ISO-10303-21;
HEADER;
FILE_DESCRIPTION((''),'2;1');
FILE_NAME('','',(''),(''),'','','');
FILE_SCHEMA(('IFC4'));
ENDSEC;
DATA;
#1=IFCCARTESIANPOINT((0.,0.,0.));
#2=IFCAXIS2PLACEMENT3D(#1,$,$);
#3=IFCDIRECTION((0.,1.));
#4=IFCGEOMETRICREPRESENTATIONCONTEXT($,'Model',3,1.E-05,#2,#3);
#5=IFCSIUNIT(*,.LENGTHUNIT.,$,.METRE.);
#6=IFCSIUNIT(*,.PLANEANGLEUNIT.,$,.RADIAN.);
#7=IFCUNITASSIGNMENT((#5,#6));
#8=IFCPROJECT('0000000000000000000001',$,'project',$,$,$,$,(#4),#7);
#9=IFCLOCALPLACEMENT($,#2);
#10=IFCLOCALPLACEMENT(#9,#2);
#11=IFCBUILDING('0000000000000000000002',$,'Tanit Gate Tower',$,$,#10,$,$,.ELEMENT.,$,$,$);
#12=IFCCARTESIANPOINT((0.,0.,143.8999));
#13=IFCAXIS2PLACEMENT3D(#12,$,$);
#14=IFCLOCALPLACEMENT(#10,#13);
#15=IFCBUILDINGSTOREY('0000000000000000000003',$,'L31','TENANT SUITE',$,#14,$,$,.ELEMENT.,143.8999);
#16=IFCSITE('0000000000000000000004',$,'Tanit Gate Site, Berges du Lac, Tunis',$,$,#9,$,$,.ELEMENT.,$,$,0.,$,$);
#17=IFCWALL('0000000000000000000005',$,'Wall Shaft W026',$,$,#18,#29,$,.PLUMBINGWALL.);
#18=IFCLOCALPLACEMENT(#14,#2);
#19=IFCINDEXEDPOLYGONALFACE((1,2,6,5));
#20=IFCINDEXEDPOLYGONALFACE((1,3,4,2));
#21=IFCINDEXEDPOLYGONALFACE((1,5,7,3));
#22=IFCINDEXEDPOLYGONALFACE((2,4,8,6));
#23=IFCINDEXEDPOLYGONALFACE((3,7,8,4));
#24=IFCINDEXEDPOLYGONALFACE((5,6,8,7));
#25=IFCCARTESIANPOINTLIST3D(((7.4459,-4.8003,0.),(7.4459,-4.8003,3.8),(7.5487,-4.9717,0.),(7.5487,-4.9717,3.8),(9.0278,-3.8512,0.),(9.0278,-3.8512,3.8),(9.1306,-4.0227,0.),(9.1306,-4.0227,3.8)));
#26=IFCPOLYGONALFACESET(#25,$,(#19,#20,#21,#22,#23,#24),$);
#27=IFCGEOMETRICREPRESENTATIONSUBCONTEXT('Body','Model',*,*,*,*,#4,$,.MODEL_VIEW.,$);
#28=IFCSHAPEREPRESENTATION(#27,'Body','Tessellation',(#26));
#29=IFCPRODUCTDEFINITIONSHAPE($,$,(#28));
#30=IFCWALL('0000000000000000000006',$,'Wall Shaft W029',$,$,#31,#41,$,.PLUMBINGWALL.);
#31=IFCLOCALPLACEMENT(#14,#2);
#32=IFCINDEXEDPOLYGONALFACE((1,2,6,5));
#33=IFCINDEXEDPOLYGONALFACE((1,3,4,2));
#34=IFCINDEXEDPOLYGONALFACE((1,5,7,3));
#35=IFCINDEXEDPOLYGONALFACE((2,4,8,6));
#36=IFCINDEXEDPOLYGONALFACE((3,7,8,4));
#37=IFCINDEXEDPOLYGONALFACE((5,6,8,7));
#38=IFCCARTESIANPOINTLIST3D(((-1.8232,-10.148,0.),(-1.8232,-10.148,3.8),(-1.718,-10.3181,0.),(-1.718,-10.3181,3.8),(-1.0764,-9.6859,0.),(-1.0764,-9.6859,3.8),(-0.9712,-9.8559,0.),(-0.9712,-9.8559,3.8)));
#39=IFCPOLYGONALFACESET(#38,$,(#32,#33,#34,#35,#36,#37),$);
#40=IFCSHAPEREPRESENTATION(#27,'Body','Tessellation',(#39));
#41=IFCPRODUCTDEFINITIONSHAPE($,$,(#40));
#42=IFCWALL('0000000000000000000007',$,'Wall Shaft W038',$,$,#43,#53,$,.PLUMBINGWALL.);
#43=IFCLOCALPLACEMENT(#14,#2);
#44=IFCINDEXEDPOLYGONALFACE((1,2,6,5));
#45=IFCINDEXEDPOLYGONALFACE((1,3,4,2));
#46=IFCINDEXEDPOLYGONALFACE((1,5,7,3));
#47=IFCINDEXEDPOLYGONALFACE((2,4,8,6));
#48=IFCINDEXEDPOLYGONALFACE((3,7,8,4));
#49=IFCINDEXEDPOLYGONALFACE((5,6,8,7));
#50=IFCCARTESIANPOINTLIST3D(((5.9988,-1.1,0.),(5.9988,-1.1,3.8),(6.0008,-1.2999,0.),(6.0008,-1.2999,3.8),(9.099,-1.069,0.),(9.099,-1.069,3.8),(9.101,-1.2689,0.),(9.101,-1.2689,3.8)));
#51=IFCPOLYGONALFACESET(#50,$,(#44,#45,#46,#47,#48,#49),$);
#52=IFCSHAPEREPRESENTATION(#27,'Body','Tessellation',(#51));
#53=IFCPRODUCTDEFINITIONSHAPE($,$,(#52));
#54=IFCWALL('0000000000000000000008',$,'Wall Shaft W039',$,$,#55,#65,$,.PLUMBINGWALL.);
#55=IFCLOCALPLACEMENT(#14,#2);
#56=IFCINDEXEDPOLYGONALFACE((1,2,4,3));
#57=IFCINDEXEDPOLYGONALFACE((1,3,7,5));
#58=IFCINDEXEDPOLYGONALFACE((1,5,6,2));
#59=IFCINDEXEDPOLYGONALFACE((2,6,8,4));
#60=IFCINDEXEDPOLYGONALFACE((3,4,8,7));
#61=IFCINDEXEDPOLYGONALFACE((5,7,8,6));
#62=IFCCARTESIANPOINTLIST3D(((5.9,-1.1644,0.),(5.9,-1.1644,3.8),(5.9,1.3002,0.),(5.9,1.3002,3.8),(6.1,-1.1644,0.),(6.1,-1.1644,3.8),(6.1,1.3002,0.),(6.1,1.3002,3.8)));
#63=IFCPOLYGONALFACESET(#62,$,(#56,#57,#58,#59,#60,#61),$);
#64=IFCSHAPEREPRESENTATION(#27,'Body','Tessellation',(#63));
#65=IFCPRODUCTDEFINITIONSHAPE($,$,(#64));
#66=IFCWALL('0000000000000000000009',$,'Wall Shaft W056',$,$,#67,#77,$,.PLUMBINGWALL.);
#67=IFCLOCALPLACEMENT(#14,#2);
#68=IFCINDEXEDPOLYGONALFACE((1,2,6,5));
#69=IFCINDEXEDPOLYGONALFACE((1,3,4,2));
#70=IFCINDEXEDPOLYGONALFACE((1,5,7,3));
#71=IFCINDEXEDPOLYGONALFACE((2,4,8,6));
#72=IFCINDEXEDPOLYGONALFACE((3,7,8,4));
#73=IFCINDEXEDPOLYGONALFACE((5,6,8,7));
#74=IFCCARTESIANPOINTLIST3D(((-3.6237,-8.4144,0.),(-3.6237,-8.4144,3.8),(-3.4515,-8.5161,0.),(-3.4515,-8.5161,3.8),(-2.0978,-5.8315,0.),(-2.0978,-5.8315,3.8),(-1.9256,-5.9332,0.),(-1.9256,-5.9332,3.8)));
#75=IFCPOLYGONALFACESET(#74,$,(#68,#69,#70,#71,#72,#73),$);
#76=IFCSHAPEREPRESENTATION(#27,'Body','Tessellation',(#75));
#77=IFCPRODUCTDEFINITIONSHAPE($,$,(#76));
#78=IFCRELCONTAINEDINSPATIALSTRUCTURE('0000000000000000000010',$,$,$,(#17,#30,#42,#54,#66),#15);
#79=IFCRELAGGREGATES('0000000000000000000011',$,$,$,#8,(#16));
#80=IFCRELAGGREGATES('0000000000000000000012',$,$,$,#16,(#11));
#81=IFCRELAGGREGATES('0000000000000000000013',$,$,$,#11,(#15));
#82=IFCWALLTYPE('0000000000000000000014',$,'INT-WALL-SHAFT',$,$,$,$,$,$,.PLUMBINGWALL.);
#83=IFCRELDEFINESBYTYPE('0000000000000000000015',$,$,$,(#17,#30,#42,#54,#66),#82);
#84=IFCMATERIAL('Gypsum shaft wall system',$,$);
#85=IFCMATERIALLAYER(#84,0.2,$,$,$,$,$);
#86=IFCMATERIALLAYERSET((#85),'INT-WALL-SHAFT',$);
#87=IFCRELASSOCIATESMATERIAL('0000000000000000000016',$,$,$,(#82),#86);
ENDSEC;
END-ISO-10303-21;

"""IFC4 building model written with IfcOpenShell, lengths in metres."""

from ifc_helpers import new_model, si_unit, direction, frame, frame_2d, origin, place, context, subcontext, project, spatial, rectangle, extrude, material, layer, layer_set, type_object, element, save


model = new_model("IFC4")

# Units and contexts
model_context = context("Model", 3, precision=1e-05, world=origin(), true_north=direction((0.0, 1.0)))
body_context = subcontext(model_context, "Body", "Model", "MODEL_VIEW")
ifc_project = project(units=[si_unit("LENGTHUNIT", "METRE"), si_unit("PLANEANGLEUNIT", "RADIAN")], contexts=[model_context])

# Site, building, storey
site_placement = place(None, origin())
site = spatial("IfcSite", under=ifc_project, at=site_placement, Name="Tanit Gate Site, Berges du Lac, Tunis", CompositionType="ELEMENT", RefElevation=0.0)
building_placement = place(site_placement, origin())
building = spatial("IfcBuilding", under=site, at=building_placement, Name="Tanit Gate Tower", CompositionType="ELEMENT")
storey_placement = place(building_placement, frame((0.0, 0.0, 143.8999)))
storey = spatial("IfcBuildingStorey", under=building, at=storey_placement, Name="L31", Description="TENANT SUITE", CompositionType="ELEMENT", Elevation=143.8999)

# Walls
ifc_material_1 = material(Name="Gypsum shaft wall system")
ifc_layer_1 = layer(ifc_material_1, 0.2)
ifc_layer_set_1 = layer_set([ifc_layer_1], Name="INT-WALL-SHAFT")
wall_type_1 = type_object("IfcWallType", Name="INT-WALL-SHAFT", PredefinedType="PLUMBINGWALL", material=ifc_layer_set_1)
wall_1_placement = place(storey_placement, frame((7.4973, -4.886, 0.0), z_axis=(0.0, 0.0, 1.0), x_axis=(0.857516, 0.514457, 0.0)))
element("IfcWall", 1, at=wall_1_placement, inside=storey, type_object=wall_type_1, Name="Wall Shaft W026", PredefinedType="PLUMBINGWALL", context=body_context, shape_type="SweptSolid", body=[
    extrude(rectangle(XDim=1.8447, YDim=0.2, at=frame_2d((0.9224, 0.0))), origin(), (0.0, 0.0, 1.0), 3.8),
])
wall_2_placement = place(storey_placement, frame((-1.0239, -9.771, 0.0), z_axis=(0.0, 0.0, 1.0), x_axis=(-0.850348, -0.526221, 0.0)))
element("IfcWall", 2, at=wall_2_placement, inside=storey, type_object=wall_type_1, Name="Wall Shaft W029", PredefinedType="PLUMBINGWALL", context=body_context, shape_type="SweptSolid", body=[
    extrude(rectangle(XDim=0.8782, YDim=0.2, at=frame_2d((0.439, 0.0))), origin(), (0.0, 0.0, 1.0), 3.8),
])
wall_3_placement = place(storey_placement, frame((9.1001, -1.1689, 0.0), z_axis=(0.0, 0.0, 1.0), x_axis=(-0.99995, -0.010001, 0.0)))
element("IfcWall", 3, at=wall_3_placement, inside=storey, type_object=wall_type_1, Name="Wall Shaft W038", PredefinedType="PLUMBINGWALL", context=body_context, shape_type="SweptSolid", body=[
    extrude(rectangle(XDim=3.1003, YDim=0.2, at=frame_2d((1.5503, 0.0))), origin(), (0.0, 0.0, 1.0), 3.8),
])
wall_4_placement = place(storey_placement, frame((6.0, -1.1646, 0.0), z_axis=(0.0, 0.0, 1.0), x_axis=(0.0, 1.0, 0.0)))
element("IfcWall", 4, at=wall_4_placement, inside=storey, type_object=wall_type_1, Name="Wall Shaft W039", PredefinedType="PLUMBINGWALL", context=body_context, shape_type="SweptSolid", body=[
    extrude(rectangle(XDim=2.4646, YDim=0.2, at=frame_2d((1.2324, 0.0))), origin(), (0.0, 0.0, 1.0), 3.8),
])
wall_5_placement = place(storey_placement, frame((-2.0117, -5.8823, 0.0), z_axis=(0.0, 0.0, 1.0), x_axis=(-0.50862, -0.860991, 0.0)))
element("IfcWall", 5, at=wall_5_placement, inside=storey, type_object=wall_type_1, Name="Wall Shaft W056", PredefinedType="PLUMBINGWALL", context=body_context, shape_type="SweptSolid", body=[
    extrude(rectangle(XDim=3.0, YDim=0.2, at=frame_2d((1.5, 0.0))), origin(), (0.0, 0.0, 1.0), 3.8),
])

save(model, "model.ifc")
